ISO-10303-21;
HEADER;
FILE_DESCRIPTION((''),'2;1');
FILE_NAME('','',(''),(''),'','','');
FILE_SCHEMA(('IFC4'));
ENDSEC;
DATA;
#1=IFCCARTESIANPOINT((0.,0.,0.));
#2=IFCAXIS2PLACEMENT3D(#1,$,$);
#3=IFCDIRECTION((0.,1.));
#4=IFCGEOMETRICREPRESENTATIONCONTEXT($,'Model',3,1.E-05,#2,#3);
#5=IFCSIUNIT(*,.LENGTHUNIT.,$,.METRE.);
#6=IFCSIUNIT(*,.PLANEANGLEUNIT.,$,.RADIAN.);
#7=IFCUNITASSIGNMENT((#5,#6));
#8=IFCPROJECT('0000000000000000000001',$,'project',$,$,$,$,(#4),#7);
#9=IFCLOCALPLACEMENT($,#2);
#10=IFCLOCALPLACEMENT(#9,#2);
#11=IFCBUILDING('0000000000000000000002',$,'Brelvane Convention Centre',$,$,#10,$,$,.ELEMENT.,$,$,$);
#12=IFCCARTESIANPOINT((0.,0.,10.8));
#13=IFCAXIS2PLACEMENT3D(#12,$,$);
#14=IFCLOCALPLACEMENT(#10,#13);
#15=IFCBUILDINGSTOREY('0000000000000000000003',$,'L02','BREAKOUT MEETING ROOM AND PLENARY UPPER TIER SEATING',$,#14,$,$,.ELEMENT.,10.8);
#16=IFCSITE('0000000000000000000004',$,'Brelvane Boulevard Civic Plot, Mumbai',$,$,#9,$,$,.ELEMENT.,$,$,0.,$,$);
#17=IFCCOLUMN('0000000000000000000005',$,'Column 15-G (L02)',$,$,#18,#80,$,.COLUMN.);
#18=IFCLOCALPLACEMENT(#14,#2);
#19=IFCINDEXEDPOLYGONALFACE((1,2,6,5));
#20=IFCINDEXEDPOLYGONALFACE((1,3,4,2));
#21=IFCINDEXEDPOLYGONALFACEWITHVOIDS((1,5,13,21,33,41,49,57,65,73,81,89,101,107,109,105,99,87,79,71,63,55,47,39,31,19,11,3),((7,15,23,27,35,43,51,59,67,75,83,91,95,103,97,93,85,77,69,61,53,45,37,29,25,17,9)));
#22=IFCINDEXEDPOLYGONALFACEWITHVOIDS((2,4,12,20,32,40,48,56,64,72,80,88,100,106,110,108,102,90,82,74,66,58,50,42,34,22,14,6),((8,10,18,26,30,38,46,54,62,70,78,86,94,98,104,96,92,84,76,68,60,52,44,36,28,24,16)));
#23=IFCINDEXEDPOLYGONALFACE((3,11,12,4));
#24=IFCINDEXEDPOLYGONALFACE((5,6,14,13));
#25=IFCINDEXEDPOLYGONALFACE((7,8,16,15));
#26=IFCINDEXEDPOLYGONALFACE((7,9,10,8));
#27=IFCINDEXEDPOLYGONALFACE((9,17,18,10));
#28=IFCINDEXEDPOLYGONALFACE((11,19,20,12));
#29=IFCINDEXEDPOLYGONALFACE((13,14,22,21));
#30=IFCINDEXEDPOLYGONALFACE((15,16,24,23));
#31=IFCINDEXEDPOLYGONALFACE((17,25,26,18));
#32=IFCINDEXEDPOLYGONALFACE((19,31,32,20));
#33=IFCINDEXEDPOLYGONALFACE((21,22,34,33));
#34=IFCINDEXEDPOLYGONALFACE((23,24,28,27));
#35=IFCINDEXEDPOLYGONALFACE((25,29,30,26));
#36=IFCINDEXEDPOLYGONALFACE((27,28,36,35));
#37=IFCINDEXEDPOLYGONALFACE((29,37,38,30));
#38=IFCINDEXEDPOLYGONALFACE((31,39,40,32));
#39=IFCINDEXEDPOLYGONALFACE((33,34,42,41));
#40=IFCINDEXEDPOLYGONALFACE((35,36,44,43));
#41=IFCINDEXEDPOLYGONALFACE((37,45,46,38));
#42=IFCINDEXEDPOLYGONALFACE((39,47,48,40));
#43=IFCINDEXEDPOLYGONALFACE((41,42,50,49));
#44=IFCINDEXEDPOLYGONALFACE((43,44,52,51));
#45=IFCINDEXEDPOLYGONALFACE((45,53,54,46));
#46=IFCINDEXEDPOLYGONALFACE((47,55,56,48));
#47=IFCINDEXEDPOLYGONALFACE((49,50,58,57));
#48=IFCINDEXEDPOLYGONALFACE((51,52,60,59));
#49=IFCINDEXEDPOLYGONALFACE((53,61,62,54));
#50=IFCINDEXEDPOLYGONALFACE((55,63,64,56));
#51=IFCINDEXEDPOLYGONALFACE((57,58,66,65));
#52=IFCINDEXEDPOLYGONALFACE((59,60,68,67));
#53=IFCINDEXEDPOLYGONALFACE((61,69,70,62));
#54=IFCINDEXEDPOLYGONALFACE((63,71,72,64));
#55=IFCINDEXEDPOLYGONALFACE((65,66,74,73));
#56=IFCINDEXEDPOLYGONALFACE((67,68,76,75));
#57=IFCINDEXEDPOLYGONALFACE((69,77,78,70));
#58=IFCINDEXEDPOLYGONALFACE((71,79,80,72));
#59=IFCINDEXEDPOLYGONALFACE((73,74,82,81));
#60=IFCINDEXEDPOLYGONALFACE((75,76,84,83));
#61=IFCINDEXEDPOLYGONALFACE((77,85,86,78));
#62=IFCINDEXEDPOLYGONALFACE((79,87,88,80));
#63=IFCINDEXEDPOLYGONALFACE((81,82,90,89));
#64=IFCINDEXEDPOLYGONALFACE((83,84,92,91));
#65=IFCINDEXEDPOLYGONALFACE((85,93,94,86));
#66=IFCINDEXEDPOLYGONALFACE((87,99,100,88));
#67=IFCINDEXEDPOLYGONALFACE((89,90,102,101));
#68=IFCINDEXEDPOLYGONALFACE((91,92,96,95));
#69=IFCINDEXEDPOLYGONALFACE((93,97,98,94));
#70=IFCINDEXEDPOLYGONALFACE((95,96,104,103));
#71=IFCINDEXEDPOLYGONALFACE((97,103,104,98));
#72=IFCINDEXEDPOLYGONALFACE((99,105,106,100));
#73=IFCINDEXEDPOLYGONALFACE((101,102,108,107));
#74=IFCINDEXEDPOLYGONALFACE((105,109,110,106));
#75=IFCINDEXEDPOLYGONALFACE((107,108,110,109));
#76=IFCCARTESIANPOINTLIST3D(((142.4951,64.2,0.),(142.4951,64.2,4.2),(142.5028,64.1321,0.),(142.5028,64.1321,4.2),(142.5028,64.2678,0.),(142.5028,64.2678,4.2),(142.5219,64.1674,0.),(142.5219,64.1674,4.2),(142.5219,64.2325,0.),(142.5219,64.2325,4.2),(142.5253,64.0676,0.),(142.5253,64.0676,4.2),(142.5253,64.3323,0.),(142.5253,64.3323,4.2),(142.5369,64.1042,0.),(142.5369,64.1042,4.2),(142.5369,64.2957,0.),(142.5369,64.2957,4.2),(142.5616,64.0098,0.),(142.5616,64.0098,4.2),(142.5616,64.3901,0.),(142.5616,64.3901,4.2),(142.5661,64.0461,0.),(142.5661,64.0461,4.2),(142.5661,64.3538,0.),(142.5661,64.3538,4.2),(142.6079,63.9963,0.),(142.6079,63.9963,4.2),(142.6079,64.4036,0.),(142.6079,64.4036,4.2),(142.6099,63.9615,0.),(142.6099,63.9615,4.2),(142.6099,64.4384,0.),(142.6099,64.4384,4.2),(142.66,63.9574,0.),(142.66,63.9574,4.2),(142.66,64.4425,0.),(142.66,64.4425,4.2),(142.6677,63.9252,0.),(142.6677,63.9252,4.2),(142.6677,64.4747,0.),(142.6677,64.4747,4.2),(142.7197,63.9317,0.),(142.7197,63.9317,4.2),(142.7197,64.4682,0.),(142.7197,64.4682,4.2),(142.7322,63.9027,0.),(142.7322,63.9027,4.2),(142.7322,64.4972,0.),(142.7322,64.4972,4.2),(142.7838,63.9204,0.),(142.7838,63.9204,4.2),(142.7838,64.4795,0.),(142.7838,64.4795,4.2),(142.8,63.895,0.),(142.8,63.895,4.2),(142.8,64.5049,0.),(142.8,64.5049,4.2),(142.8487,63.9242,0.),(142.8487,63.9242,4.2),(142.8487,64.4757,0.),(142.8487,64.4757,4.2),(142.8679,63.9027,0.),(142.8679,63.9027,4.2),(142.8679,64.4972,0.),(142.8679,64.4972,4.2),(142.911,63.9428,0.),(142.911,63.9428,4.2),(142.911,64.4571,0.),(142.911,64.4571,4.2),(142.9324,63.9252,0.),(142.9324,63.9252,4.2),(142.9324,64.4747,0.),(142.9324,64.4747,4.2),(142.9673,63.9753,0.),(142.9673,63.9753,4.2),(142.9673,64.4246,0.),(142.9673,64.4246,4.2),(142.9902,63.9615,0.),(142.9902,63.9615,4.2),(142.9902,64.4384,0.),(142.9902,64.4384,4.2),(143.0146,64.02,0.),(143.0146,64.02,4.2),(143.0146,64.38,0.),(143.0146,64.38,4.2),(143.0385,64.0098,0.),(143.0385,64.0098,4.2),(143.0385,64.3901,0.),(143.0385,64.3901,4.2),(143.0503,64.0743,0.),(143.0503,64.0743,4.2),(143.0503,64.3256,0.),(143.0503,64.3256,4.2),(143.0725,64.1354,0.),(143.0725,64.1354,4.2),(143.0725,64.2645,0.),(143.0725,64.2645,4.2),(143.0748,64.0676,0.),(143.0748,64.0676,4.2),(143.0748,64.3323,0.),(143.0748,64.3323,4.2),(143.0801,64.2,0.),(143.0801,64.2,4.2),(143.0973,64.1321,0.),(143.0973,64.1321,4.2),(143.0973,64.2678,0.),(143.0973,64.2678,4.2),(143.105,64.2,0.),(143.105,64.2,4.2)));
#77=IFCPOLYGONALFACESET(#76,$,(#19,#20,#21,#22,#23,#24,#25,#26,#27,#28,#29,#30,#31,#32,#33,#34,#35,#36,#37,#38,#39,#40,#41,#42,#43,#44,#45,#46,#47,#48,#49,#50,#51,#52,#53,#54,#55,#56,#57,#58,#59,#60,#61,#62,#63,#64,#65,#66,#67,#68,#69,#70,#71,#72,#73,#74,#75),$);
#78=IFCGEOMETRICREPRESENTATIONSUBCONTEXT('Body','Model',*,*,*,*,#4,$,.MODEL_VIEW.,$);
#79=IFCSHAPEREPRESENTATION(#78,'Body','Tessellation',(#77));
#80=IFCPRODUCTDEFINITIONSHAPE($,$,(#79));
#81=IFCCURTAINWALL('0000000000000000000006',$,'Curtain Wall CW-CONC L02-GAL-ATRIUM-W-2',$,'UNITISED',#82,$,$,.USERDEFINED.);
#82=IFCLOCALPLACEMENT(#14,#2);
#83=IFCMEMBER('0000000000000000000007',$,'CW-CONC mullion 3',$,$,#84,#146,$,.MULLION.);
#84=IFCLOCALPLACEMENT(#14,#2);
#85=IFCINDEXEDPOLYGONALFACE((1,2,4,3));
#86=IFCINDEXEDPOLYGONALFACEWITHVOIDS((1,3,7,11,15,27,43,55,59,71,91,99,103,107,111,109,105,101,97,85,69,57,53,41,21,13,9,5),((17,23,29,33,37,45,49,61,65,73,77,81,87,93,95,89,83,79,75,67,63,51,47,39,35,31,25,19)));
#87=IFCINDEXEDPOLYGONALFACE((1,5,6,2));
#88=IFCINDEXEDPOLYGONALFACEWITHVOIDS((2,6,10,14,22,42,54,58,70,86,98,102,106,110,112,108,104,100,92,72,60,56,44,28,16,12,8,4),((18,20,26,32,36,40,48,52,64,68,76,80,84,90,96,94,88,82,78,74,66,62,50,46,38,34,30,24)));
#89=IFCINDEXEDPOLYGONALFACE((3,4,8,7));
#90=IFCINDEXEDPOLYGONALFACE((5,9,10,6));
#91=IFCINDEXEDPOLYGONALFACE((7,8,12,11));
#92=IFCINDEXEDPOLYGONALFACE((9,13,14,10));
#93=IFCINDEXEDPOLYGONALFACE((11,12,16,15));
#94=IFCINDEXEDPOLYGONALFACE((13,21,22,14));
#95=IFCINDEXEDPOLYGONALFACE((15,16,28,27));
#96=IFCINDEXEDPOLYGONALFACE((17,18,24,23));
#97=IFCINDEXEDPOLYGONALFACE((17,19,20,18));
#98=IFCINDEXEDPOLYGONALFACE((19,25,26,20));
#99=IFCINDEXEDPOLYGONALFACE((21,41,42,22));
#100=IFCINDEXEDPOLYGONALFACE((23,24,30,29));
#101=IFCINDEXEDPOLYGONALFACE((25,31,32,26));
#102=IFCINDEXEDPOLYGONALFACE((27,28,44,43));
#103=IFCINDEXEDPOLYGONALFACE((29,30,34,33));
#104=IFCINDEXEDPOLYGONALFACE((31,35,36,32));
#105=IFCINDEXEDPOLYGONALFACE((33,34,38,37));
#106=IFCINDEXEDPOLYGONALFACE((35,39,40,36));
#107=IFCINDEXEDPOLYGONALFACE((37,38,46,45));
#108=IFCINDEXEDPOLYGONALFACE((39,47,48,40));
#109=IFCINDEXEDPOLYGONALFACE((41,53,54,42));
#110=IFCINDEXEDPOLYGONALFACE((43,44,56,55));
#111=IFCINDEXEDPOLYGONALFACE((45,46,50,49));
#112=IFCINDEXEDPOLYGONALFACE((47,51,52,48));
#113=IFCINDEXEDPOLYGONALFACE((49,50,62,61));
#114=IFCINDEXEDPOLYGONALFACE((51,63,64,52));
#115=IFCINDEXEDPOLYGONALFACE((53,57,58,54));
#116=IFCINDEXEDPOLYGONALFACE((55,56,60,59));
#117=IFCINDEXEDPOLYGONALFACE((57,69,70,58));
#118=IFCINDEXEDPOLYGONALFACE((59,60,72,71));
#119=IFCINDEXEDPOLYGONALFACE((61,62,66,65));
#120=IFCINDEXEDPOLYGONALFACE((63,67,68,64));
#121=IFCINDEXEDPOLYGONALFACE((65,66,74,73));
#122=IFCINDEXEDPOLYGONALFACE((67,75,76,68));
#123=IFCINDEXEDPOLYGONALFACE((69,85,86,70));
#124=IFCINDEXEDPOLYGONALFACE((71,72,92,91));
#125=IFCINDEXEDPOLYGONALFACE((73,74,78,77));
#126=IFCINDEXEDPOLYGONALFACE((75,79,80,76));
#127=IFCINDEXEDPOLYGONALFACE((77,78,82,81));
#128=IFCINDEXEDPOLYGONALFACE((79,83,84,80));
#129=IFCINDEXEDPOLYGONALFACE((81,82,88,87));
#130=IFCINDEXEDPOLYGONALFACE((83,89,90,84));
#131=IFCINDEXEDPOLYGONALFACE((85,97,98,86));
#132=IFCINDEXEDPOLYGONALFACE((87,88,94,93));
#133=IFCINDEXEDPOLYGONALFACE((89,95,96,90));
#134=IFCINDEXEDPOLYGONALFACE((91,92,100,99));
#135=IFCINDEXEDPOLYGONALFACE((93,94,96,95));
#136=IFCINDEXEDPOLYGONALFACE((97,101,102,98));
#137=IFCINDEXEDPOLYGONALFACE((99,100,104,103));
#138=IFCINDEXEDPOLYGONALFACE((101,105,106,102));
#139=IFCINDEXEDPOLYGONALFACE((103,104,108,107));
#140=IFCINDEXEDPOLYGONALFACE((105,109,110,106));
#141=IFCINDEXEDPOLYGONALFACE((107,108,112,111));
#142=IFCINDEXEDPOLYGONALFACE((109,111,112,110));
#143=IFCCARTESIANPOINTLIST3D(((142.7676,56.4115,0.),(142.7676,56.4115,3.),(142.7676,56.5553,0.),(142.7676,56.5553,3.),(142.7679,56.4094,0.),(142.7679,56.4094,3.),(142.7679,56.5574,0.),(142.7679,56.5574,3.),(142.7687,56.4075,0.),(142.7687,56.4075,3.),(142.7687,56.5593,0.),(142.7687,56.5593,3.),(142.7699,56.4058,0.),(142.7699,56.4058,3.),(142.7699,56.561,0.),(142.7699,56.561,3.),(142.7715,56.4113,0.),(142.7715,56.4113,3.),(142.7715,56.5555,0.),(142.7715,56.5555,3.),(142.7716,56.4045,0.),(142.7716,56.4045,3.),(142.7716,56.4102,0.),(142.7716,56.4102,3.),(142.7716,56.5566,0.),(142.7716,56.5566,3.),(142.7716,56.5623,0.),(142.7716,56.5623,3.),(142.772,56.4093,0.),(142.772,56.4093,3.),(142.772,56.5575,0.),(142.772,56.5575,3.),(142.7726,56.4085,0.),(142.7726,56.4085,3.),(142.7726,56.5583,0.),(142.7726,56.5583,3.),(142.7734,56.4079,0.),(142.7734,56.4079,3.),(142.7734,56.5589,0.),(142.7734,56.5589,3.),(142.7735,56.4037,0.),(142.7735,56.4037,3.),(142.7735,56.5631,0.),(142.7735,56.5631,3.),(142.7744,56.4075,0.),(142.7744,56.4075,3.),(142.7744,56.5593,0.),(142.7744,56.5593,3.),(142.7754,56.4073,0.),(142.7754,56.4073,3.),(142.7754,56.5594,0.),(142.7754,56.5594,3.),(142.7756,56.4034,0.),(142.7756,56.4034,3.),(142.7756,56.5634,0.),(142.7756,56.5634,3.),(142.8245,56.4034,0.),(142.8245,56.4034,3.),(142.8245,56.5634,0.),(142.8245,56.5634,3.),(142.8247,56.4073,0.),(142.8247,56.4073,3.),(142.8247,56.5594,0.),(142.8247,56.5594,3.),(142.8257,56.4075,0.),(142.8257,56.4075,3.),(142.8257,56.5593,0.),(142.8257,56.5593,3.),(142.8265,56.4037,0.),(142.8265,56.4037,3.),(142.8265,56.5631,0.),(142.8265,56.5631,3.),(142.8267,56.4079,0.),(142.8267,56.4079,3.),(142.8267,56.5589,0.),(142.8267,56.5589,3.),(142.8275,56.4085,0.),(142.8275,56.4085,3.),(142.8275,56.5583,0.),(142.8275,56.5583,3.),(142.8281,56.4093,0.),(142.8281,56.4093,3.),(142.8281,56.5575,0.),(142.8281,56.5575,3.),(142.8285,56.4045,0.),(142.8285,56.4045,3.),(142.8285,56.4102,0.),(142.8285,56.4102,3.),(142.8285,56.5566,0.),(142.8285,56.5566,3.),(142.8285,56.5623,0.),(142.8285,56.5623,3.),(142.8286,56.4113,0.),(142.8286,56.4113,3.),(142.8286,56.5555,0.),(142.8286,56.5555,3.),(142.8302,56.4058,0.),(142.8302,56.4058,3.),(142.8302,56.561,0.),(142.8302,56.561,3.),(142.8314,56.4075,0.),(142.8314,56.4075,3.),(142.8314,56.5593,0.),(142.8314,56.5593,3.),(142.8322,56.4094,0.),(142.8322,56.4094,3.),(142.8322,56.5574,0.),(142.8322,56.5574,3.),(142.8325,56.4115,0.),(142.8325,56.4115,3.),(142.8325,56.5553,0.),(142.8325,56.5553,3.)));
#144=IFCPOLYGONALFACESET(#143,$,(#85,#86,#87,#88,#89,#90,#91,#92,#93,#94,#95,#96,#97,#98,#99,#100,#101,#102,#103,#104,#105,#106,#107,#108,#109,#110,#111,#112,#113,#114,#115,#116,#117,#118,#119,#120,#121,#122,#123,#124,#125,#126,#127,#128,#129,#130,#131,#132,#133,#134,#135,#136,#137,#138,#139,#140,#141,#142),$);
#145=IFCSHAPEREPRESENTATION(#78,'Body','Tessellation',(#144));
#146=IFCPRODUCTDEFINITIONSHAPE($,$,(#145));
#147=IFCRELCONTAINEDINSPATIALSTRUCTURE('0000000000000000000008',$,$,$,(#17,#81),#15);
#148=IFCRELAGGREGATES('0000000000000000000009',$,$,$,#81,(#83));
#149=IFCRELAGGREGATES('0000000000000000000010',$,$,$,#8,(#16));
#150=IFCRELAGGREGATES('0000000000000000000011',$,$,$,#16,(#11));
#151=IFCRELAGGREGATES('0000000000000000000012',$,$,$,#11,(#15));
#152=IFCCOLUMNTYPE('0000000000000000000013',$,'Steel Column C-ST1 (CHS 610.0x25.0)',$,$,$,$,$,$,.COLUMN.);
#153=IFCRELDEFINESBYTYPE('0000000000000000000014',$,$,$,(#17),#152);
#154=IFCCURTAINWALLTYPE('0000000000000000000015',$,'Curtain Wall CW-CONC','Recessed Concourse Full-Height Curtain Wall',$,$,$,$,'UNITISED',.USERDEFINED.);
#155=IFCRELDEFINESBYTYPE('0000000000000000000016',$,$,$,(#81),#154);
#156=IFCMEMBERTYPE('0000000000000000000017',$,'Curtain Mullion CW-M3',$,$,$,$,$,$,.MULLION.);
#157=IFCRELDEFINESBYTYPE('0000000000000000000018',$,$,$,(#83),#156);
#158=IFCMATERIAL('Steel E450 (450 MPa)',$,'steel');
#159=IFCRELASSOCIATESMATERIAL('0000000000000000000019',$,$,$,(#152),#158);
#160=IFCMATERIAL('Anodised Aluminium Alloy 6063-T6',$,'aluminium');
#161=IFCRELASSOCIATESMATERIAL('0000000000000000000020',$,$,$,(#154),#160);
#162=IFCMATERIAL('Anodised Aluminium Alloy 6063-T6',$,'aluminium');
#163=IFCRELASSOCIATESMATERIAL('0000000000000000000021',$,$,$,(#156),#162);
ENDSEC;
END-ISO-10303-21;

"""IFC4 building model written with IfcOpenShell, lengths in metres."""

from ifc_helpers import new_model, si_unit, direction, frame, origin, origin_2d, place, context, subcontext, project, spatial, hollow_rectangle, hollow_circle, extrude, material, material_profile, profile_set, type_object, element, aggregate, save


model = new_model("IFC4")

# Units and contexts
model_context = context("Model", 3, precision=1e-05, world=origin(), true_north=direction((0.0, 1.0)))
body_context = subcontext(model_context, "Body", "Model", "MODEL_VIEW")
ifc_project = project(units=[si_unit("LENGTHUNIT", "METRE"), si_unit("PLANEANGLEUNIT", "RADIAN")], contexts=[model_context])

# Site, building, storey
site_placement = place(None, origin())
site = spatial("IfcSite", under=ifc_project, at=site_placement, Name="Brelvane Boulevard Civic Plot, Mumbai", CompositionType="ELEMENT", RefElevation=0.0)
building_placement = place(site_placement, origin())
building = spatial("IfcBuilding", under=site, at=building_placement, Name="Brelvane Convention Centre", CompositionType="ELEMENT")
storey_placement = place(building_placement, frame((0.0, 0.0, 10.8)))
storey = spatial("IfcBuildingStorey", under=building, at=storey_placement, Name="L02", Description="BREAKOUT MEETING ROOM AND PLENARY UPPER TIER SEATING", CompositionType="ELEMENT", Elevation=10.8)

# Column
ifc_material_1 = material(Name="Steel E450 (450 MPa)", Category="steel")
ifc_material_profile_1 = material_profile(ifc_material_1, hollow_circle(Radius=0.3049, WallThickness=0.0249, at=origin_2d()), Name="CHS 610.0x25.0")
ifc_profile_set_1 = profile_set([ifc_material_profile_1], Name="Steel E450 (450 MPa)")
column_type = type_object("IfcColumnType", Name="Steel Column C-ST1 (CHS 610.0x25.0)", PredefinedType="COLUMN", material=ifc_profile_set_1)
column_placement = place(storey_placement, frame((142.8, 64.2, 0.0), z_axis=(0.0, 0.0, 1.0), x_axis=(1.0, 0.0, 0.0)))
element("IfcColumn", 1, at=column_placement, inside=storey, type_object=column_type, Name="Column 15-G (L02)", PredefinedType="COLUMN", context=body_context, shape_type="SweptSolid", body=[
    extrude(hollow_circle(Radius=0.3049, WallThickness=0.0249, at=origin_2d()), origin(), (0.0, 0.0, 1.0), 4.2),
])

# Curtain wall, member
ifc_material_2 = material(Name="Anodised Aluminium Alloy 6063-T6", Category="aluminium")
curtain_wall_type = type_object("IfcCurtainWallType", Name="Curtain Wall CW-CONC", Description="Recessed Concourse Full-Height Curtain Wall", ElementType="UNITISED", PredefinedType="USERDEFINED", material=ifc_material_2)
curtain_wall_placement = place(storey_placement, origin())
curtain_wall = element("IfcCurtainWall", 2, at=curtain_wall_placement, inside=storey, type_object=curtain_wall_type, Name="Curtain Wall CW-CONC L02-GAL-ATRIUM-W-2", ObjectType="UNITISED", PredefinedType="USERDEFINED")
ifc_material_3 = material(Name="Anodised Aluminium Alloy 6063-T6", Category="aluminium")
ifc_material_profile_2 = material_profile(ifc_material_3, hollow_rectangle(XDim=0.0649, YDim=0.1599, WallThickness=0.0039, InnerFilletRadius=0.0039, OuterFilletRadius=0.0081, at=origin_2d()), Name="ALU-M 160x65x4.0")
ifc_profile_set_2 = profile_set([ifc_material_profile_2], Name="Anodised Aluminium Alloy 6063-T6")
member_type_1 = type_object("IfcMemberType", Name="Curtain Mullion CW-M3", PredefinedType="MULLION", material=ifc_profile_set_2)
member_1_placement = place(storey_placement, frame((142.8, 56.4834, 0.0), z_axis=(0.0, 0.0, 1.0), x_axis=(-1.0, 0.0, 0.0)))
member_1 = element("IfcMember", 3, at=member_1_placement, type_object=member_type_1, Name="CW-CONC mullion 3", PredefinedType="MULLION", context=body_context, shape_type="SweptSolid", body=[
    extrude(hollow_rectangle(XDim=0.0649, YDim=0.1599, WallThickness=0.0039, InnerFilletRadius=0.0039, OuterFilletRadius=0.0081, at=origin_2d()), origin(), (0.0, 0.0, 1.0), 3.0),
])

aggregate(curtain_wall, [member_1])

save(model, "model.ifc")
